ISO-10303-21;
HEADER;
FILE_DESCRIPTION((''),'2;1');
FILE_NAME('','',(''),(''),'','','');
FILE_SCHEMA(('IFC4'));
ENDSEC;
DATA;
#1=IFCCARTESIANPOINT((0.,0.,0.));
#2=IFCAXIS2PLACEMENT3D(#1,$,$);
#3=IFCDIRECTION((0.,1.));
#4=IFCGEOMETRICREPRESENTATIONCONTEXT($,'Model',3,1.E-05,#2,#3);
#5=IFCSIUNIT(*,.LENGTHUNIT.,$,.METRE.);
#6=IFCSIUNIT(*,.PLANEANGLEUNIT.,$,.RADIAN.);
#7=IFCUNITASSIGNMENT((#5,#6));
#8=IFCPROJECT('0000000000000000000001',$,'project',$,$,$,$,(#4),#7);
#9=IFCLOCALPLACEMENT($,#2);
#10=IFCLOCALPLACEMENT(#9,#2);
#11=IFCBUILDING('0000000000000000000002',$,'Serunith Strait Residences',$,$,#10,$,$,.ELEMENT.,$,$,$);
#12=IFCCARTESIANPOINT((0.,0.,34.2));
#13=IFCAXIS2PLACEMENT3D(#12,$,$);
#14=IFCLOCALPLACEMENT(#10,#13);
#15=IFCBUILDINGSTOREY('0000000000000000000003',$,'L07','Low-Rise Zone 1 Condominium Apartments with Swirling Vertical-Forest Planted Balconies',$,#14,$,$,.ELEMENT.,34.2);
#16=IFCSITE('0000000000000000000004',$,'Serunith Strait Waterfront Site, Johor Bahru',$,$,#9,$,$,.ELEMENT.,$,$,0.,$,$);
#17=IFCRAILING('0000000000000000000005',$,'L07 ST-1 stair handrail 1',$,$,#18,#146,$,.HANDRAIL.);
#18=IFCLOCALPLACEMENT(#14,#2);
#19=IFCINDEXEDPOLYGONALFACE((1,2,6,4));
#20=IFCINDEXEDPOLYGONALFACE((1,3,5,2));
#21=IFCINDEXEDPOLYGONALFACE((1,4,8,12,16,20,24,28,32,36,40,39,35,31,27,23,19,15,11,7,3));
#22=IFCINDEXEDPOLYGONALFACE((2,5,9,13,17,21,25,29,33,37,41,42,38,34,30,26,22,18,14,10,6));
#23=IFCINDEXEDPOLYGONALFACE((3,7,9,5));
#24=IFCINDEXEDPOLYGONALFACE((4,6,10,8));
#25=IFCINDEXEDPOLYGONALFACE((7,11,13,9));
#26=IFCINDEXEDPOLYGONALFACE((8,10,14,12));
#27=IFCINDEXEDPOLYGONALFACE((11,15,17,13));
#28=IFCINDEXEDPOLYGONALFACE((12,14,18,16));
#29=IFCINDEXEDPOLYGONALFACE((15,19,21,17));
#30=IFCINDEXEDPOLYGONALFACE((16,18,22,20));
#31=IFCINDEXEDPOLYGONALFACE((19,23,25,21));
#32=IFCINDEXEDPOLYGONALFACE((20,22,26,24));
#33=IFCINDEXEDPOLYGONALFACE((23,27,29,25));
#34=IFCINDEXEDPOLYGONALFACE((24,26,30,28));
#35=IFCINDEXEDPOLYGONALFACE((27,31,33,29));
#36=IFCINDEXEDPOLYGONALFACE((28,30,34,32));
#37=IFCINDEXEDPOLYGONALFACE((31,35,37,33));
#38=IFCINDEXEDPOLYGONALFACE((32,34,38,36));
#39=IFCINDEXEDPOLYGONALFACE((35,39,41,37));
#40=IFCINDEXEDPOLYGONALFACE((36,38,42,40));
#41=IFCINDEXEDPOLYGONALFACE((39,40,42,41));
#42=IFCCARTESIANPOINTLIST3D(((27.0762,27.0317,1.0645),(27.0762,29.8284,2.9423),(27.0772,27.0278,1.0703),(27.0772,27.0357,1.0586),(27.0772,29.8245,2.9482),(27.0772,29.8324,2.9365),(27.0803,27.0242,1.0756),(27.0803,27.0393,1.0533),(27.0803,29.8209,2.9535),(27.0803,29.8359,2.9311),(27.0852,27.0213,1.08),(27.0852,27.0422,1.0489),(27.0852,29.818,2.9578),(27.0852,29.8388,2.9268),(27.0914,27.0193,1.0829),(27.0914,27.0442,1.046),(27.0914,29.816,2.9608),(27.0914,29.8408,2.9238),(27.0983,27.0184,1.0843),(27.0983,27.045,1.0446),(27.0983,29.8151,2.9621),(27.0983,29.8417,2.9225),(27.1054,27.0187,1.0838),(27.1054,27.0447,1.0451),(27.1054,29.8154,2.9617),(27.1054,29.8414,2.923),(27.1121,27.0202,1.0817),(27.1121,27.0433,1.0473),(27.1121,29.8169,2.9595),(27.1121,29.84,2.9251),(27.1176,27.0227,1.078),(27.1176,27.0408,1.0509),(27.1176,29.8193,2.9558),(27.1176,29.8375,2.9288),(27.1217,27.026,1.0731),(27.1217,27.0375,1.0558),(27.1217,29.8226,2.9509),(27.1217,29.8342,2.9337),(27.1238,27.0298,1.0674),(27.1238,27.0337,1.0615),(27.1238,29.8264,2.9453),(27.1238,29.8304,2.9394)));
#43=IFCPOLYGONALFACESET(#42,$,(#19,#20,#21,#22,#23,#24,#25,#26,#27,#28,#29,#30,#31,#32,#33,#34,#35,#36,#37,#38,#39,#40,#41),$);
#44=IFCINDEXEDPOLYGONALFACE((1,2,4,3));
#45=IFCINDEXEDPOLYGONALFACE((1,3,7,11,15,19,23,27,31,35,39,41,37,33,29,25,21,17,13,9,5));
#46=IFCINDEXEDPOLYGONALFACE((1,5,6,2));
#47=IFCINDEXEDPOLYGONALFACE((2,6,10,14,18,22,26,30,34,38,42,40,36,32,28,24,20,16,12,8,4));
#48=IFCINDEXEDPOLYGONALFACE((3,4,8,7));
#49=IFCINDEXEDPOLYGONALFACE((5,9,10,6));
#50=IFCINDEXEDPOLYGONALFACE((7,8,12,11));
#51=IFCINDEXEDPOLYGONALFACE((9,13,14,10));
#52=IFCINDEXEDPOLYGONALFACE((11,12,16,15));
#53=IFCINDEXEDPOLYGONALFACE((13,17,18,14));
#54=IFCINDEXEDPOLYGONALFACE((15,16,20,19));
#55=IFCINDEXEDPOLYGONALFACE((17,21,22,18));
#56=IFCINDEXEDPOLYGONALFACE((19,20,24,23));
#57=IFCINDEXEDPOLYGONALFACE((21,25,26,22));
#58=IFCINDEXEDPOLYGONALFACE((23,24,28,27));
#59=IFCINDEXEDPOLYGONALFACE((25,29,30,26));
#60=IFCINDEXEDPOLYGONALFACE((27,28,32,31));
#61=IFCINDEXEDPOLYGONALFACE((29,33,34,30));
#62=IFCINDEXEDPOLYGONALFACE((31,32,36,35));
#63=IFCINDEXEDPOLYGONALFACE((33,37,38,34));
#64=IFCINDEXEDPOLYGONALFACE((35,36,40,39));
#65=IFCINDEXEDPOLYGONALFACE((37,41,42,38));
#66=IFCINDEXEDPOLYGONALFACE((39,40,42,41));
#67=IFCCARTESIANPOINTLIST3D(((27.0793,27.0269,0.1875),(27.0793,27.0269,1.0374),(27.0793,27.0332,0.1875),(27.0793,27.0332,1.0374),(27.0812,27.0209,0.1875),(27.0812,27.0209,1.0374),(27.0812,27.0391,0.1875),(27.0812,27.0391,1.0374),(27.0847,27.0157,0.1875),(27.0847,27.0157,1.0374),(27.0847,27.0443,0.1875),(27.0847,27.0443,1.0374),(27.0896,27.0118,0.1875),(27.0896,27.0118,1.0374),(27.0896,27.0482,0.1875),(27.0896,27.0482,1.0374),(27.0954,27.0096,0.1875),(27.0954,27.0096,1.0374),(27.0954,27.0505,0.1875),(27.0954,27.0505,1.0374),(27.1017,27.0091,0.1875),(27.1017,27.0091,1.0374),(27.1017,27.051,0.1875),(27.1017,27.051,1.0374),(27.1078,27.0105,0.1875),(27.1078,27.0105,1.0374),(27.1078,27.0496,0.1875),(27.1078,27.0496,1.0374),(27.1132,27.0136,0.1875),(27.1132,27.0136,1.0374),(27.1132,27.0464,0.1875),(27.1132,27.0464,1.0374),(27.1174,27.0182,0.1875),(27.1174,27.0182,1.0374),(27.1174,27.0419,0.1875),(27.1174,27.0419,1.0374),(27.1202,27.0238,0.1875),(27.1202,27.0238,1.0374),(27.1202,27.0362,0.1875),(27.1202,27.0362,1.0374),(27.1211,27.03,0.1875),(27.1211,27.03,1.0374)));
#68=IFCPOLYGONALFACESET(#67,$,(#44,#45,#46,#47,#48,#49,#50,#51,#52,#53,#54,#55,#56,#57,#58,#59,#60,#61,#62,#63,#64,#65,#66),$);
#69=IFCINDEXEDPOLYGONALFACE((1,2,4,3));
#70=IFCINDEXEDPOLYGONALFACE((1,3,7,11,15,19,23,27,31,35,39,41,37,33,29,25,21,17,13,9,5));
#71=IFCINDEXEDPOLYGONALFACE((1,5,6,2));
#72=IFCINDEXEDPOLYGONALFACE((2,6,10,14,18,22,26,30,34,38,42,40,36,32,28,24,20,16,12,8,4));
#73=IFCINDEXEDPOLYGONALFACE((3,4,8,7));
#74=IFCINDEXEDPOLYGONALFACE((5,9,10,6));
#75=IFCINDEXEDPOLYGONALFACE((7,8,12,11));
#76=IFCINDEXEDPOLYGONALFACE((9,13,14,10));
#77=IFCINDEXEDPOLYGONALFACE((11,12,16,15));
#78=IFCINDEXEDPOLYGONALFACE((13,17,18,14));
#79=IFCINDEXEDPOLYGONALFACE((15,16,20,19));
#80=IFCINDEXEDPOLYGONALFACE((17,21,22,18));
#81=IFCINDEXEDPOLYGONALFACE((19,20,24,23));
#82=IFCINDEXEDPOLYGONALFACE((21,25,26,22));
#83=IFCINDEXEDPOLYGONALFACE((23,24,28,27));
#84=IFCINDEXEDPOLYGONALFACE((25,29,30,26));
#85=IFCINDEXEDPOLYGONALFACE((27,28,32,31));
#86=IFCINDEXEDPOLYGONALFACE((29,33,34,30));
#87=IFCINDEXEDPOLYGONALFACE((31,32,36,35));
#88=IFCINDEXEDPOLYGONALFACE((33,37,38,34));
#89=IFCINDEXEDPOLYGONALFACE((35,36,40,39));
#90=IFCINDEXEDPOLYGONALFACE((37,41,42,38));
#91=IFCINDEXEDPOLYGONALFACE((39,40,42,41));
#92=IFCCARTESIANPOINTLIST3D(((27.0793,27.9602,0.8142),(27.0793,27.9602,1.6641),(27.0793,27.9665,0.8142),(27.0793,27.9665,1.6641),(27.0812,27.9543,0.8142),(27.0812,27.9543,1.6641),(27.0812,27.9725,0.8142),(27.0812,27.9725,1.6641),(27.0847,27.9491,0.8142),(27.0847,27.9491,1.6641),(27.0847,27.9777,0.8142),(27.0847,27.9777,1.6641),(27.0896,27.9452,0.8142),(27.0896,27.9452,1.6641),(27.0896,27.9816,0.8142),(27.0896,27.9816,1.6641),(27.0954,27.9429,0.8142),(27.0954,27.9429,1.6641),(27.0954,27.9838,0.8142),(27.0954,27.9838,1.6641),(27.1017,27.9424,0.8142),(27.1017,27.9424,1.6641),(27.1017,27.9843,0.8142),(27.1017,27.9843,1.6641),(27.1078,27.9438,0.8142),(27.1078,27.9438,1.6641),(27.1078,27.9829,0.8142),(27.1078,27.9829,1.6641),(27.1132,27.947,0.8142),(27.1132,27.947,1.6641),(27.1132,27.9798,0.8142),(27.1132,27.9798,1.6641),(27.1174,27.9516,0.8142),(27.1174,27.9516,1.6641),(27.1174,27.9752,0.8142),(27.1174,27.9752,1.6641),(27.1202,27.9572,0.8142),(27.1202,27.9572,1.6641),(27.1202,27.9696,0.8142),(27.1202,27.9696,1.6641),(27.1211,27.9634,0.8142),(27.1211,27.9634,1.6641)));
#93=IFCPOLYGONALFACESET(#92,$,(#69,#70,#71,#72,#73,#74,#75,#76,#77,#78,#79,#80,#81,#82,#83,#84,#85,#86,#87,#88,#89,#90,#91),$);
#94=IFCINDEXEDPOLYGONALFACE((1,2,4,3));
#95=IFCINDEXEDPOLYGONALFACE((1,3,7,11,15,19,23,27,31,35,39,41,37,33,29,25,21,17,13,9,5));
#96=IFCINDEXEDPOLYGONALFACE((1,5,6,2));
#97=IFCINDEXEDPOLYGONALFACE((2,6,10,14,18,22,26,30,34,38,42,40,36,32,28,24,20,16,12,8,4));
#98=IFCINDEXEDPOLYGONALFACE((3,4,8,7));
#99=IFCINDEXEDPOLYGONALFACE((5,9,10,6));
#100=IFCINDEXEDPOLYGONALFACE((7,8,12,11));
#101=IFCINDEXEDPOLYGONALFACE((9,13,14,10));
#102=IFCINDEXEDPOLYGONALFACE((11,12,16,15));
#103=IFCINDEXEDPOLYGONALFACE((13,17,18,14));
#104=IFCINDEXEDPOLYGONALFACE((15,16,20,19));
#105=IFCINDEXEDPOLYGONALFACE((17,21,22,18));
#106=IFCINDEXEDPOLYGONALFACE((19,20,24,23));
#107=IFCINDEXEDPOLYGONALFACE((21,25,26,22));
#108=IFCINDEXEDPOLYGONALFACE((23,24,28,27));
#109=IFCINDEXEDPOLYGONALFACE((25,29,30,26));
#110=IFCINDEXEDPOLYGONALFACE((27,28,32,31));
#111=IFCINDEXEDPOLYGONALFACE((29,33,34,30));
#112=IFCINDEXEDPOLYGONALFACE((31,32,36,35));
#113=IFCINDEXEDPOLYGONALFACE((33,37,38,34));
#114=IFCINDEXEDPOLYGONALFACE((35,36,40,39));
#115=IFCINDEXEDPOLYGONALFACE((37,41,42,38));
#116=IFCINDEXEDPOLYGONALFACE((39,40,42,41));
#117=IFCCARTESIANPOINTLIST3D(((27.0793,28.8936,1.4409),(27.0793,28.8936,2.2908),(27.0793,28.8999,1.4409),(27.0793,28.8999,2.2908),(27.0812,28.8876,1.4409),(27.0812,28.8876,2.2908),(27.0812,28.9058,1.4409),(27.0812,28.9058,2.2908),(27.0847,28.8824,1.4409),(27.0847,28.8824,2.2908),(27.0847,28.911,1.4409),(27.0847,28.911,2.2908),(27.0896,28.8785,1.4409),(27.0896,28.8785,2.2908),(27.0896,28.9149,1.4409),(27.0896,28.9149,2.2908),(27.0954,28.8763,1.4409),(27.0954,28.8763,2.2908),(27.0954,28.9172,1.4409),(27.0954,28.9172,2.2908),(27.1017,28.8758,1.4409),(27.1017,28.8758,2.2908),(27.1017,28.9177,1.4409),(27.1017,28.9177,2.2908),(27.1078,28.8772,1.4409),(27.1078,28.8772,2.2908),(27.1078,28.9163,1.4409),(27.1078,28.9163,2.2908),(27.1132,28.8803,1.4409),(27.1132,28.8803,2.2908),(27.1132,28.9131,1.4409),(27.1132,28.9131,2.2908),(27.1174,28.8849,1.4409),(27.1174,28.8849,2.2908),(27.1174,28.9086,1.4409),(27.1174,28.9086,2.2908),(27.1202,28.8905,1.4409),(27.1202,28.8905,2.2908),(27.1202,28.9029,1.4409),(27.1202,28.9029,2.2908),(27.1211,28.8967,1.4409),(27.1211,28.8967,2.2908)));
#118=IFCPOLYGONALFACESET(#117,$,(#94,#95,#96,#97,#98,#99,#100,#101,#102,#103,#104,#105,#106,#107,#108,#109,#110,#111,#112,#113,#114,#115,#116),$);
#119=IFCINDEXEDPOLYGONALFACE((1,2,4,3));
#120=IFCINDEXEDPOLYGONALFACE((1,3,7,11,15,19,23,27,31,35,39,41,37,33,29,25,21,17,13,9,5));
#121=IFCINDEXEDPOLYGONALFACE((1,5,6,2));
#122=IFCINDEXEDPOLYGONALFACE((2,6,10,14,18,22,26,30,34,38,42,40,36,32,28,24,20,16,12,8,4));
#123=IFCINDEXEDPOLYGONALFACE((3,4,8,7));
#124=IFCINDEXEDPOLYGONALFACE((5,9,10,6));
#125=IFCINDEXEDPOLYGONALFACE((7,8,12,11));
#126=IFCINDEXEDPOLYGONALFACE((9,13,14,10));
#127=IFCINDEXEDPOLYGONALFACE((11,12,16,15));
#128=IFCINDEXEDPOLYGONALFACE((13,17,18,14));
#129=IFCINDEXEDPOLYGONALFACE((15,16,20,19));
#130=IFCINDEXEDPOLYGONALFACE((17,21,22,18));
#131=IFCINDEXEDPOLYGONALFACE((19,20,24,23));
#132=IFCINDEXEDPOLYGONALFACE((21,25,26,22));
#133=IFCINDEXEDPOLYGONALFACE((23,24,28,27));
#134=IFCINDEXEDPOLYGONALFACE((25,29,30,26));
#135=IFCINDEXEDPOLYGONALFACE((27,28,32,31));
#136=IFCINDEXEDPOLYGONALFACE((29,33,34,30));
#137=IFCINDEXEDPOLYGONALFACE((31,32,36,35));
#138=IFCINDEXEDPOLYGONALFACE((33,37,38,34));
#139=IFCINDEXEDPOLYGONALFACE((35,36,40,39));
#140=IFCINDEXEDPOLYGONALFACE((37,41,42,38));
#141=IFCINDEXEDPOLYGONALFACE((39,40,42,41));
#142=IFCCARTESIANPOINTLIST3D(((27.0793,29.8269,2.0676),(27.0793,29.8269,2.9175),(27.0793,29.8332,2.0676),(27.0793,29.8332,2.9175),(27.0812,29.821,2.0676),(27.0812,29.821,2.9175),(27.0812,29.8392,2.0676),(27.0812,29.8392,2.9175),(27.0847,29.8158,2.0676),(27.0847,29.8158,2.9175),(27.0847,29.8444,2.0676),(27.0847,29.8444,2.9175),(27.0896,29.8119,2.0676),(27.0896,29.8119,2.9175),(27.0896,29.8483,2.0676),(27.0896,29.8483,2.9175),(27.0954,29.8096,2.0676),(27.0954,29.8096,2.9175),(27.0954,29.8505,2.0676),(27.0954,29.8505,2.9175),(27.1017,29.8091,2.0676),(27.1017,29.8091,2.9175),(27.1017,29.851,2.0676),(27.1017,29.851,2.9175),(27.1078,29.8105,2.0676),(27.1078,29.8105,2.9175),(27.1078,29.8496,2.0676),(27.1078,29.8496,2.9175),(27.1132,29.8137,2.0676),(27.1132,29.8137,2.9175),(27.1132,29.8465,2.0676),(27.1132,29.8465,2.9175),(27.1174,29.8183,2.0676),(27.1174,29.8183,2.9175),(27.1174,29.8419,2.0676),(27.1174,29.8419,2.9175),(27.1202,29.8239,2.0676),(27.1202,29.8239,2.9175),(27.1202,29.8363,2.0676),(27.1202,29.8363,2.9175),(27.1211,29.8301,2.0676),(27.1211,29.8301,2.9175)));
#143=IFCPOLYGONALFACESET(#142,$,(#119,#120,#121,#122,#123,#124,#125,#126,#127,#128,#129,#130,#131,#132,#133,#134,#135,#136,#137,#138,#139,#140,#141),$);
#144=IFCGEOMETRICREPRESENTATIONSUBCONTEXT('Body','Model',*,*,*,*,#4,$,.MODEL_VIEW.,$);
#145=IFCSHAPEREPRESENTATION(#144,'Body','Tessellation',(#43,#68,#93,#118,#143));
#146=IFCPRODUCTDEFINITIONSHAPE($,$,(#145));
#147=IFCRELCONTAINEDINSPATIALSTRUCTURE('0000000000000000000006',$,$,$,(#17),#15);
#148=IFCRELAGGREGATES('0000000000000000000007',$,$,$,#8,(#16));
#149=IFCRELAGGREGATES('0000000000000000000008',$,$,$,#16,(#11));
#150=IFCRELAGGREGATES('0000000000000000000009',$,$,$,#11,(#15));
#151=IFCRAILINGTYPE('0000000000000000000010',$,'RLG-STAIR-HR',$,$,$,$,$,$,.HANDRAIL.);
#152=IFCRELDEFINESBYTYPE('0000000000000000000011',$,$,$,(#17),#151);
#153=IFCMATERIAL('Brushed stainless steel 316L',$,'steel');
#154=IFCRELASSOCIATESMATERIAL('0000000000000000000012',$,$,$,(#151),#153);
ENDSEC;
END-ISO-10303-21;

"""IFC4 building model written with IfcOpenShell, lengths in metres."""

from ifc_helpers import new_model, si_unit, direction, frame, origin, origin_2d, place, context, subcontext, project, spatial, circle, extrude, material, type_object, element, save


model = new_model("IFC4")

# Units and contexts
model_context = context("Model", 3, precision=1e-05, world=origin(), true_north=direction((0.0, 1.0)))
body_context = subcontext(model_context, "Body", "Model", "MODEL_VIEW")
ifc_project = project(units=[si_unit("LENGTHUNIT", "METRE"), si_unit("PLANEANGLEUNIT", "RADIAN")], contexts=[model_context])

# Site, building, storey
site_placement = place(None, origin())
site = spatial("IfcSite", under=ifc_project, at=site_placement, Name="Serunith Strait Waterfront Site, Johor Bahru", CompositionType="ELEMENT", RefElevation=0.0)
building_placement = place(site_placement, origin())
building = spatial("IfcBuilding", under=site, at=building_placement, Name="Serunith Strait Residences", CompositionType="ELEMENT")
storey_placement = place(building_placement, frame((0.0, 0.0, 34.2)))
storey = spatial("IfcBuildingStorey", under=building, at=storey_placement, Name="L07", Description="Low-Rise Zone 1 Condominium Apartments with Swirling Vertical-Forest Planted Balconies", CompositionType="ELEMENT", Elevation=34.2)

# Railing
ifc_material_1 = material(Name="Brushed stainless steel 316L", Category="steel")
railing_type_1 = type_object("IfcRailingType", Name="RLG-STAIR-HR", PredefinedType="HANDRAIL", material=ifc_material_1)
railing_1_placement = place(storey_placement, frame((27.1001, 27.03, 0.1875)))
element("IfcRailing", 1, at=railing_1_placement, inside=storey, type_object=railing_type_1, Name="L07 ST-1 stair handrail 1", PredefinedType="HANDRAIL", context=body_context, shape_type="SweptSolid", body=[
    extrude(circle(Radius=0.0239, at=origin_2d()), frame((0.0, 0.0017, 0.877), z_axis=(0.0, 0.830208, 0.557453), x_axis=(-1.0, 0.0, 0.0)), (0.0, 0.0, 1.0), 3.3687),
    extrude(circle(Radius=0.021, at=origin_2d()), origin(), (0.0, 0.0, 1.0), 0.8499),
    extrude(circle(Radius=0.021, at=origin_2d()), frame((0.0, 0.9333, 0.6267)), (0.0, 0.0, 1.0), 0.8499),
    extrude(circle(Radius=0.021, at=origin_2d()), frame((0.0, 1.8667, 1.2534)), (0.0, 0.0, 1.0), 0.8499),
    extrude(circle(Radius=0.021, at=origin_2d()), frame((0.0, 2.8, 1.8801)), (0.0, 0.0, 1.0), 0.8499),
])

save(model, "model.ifc")
